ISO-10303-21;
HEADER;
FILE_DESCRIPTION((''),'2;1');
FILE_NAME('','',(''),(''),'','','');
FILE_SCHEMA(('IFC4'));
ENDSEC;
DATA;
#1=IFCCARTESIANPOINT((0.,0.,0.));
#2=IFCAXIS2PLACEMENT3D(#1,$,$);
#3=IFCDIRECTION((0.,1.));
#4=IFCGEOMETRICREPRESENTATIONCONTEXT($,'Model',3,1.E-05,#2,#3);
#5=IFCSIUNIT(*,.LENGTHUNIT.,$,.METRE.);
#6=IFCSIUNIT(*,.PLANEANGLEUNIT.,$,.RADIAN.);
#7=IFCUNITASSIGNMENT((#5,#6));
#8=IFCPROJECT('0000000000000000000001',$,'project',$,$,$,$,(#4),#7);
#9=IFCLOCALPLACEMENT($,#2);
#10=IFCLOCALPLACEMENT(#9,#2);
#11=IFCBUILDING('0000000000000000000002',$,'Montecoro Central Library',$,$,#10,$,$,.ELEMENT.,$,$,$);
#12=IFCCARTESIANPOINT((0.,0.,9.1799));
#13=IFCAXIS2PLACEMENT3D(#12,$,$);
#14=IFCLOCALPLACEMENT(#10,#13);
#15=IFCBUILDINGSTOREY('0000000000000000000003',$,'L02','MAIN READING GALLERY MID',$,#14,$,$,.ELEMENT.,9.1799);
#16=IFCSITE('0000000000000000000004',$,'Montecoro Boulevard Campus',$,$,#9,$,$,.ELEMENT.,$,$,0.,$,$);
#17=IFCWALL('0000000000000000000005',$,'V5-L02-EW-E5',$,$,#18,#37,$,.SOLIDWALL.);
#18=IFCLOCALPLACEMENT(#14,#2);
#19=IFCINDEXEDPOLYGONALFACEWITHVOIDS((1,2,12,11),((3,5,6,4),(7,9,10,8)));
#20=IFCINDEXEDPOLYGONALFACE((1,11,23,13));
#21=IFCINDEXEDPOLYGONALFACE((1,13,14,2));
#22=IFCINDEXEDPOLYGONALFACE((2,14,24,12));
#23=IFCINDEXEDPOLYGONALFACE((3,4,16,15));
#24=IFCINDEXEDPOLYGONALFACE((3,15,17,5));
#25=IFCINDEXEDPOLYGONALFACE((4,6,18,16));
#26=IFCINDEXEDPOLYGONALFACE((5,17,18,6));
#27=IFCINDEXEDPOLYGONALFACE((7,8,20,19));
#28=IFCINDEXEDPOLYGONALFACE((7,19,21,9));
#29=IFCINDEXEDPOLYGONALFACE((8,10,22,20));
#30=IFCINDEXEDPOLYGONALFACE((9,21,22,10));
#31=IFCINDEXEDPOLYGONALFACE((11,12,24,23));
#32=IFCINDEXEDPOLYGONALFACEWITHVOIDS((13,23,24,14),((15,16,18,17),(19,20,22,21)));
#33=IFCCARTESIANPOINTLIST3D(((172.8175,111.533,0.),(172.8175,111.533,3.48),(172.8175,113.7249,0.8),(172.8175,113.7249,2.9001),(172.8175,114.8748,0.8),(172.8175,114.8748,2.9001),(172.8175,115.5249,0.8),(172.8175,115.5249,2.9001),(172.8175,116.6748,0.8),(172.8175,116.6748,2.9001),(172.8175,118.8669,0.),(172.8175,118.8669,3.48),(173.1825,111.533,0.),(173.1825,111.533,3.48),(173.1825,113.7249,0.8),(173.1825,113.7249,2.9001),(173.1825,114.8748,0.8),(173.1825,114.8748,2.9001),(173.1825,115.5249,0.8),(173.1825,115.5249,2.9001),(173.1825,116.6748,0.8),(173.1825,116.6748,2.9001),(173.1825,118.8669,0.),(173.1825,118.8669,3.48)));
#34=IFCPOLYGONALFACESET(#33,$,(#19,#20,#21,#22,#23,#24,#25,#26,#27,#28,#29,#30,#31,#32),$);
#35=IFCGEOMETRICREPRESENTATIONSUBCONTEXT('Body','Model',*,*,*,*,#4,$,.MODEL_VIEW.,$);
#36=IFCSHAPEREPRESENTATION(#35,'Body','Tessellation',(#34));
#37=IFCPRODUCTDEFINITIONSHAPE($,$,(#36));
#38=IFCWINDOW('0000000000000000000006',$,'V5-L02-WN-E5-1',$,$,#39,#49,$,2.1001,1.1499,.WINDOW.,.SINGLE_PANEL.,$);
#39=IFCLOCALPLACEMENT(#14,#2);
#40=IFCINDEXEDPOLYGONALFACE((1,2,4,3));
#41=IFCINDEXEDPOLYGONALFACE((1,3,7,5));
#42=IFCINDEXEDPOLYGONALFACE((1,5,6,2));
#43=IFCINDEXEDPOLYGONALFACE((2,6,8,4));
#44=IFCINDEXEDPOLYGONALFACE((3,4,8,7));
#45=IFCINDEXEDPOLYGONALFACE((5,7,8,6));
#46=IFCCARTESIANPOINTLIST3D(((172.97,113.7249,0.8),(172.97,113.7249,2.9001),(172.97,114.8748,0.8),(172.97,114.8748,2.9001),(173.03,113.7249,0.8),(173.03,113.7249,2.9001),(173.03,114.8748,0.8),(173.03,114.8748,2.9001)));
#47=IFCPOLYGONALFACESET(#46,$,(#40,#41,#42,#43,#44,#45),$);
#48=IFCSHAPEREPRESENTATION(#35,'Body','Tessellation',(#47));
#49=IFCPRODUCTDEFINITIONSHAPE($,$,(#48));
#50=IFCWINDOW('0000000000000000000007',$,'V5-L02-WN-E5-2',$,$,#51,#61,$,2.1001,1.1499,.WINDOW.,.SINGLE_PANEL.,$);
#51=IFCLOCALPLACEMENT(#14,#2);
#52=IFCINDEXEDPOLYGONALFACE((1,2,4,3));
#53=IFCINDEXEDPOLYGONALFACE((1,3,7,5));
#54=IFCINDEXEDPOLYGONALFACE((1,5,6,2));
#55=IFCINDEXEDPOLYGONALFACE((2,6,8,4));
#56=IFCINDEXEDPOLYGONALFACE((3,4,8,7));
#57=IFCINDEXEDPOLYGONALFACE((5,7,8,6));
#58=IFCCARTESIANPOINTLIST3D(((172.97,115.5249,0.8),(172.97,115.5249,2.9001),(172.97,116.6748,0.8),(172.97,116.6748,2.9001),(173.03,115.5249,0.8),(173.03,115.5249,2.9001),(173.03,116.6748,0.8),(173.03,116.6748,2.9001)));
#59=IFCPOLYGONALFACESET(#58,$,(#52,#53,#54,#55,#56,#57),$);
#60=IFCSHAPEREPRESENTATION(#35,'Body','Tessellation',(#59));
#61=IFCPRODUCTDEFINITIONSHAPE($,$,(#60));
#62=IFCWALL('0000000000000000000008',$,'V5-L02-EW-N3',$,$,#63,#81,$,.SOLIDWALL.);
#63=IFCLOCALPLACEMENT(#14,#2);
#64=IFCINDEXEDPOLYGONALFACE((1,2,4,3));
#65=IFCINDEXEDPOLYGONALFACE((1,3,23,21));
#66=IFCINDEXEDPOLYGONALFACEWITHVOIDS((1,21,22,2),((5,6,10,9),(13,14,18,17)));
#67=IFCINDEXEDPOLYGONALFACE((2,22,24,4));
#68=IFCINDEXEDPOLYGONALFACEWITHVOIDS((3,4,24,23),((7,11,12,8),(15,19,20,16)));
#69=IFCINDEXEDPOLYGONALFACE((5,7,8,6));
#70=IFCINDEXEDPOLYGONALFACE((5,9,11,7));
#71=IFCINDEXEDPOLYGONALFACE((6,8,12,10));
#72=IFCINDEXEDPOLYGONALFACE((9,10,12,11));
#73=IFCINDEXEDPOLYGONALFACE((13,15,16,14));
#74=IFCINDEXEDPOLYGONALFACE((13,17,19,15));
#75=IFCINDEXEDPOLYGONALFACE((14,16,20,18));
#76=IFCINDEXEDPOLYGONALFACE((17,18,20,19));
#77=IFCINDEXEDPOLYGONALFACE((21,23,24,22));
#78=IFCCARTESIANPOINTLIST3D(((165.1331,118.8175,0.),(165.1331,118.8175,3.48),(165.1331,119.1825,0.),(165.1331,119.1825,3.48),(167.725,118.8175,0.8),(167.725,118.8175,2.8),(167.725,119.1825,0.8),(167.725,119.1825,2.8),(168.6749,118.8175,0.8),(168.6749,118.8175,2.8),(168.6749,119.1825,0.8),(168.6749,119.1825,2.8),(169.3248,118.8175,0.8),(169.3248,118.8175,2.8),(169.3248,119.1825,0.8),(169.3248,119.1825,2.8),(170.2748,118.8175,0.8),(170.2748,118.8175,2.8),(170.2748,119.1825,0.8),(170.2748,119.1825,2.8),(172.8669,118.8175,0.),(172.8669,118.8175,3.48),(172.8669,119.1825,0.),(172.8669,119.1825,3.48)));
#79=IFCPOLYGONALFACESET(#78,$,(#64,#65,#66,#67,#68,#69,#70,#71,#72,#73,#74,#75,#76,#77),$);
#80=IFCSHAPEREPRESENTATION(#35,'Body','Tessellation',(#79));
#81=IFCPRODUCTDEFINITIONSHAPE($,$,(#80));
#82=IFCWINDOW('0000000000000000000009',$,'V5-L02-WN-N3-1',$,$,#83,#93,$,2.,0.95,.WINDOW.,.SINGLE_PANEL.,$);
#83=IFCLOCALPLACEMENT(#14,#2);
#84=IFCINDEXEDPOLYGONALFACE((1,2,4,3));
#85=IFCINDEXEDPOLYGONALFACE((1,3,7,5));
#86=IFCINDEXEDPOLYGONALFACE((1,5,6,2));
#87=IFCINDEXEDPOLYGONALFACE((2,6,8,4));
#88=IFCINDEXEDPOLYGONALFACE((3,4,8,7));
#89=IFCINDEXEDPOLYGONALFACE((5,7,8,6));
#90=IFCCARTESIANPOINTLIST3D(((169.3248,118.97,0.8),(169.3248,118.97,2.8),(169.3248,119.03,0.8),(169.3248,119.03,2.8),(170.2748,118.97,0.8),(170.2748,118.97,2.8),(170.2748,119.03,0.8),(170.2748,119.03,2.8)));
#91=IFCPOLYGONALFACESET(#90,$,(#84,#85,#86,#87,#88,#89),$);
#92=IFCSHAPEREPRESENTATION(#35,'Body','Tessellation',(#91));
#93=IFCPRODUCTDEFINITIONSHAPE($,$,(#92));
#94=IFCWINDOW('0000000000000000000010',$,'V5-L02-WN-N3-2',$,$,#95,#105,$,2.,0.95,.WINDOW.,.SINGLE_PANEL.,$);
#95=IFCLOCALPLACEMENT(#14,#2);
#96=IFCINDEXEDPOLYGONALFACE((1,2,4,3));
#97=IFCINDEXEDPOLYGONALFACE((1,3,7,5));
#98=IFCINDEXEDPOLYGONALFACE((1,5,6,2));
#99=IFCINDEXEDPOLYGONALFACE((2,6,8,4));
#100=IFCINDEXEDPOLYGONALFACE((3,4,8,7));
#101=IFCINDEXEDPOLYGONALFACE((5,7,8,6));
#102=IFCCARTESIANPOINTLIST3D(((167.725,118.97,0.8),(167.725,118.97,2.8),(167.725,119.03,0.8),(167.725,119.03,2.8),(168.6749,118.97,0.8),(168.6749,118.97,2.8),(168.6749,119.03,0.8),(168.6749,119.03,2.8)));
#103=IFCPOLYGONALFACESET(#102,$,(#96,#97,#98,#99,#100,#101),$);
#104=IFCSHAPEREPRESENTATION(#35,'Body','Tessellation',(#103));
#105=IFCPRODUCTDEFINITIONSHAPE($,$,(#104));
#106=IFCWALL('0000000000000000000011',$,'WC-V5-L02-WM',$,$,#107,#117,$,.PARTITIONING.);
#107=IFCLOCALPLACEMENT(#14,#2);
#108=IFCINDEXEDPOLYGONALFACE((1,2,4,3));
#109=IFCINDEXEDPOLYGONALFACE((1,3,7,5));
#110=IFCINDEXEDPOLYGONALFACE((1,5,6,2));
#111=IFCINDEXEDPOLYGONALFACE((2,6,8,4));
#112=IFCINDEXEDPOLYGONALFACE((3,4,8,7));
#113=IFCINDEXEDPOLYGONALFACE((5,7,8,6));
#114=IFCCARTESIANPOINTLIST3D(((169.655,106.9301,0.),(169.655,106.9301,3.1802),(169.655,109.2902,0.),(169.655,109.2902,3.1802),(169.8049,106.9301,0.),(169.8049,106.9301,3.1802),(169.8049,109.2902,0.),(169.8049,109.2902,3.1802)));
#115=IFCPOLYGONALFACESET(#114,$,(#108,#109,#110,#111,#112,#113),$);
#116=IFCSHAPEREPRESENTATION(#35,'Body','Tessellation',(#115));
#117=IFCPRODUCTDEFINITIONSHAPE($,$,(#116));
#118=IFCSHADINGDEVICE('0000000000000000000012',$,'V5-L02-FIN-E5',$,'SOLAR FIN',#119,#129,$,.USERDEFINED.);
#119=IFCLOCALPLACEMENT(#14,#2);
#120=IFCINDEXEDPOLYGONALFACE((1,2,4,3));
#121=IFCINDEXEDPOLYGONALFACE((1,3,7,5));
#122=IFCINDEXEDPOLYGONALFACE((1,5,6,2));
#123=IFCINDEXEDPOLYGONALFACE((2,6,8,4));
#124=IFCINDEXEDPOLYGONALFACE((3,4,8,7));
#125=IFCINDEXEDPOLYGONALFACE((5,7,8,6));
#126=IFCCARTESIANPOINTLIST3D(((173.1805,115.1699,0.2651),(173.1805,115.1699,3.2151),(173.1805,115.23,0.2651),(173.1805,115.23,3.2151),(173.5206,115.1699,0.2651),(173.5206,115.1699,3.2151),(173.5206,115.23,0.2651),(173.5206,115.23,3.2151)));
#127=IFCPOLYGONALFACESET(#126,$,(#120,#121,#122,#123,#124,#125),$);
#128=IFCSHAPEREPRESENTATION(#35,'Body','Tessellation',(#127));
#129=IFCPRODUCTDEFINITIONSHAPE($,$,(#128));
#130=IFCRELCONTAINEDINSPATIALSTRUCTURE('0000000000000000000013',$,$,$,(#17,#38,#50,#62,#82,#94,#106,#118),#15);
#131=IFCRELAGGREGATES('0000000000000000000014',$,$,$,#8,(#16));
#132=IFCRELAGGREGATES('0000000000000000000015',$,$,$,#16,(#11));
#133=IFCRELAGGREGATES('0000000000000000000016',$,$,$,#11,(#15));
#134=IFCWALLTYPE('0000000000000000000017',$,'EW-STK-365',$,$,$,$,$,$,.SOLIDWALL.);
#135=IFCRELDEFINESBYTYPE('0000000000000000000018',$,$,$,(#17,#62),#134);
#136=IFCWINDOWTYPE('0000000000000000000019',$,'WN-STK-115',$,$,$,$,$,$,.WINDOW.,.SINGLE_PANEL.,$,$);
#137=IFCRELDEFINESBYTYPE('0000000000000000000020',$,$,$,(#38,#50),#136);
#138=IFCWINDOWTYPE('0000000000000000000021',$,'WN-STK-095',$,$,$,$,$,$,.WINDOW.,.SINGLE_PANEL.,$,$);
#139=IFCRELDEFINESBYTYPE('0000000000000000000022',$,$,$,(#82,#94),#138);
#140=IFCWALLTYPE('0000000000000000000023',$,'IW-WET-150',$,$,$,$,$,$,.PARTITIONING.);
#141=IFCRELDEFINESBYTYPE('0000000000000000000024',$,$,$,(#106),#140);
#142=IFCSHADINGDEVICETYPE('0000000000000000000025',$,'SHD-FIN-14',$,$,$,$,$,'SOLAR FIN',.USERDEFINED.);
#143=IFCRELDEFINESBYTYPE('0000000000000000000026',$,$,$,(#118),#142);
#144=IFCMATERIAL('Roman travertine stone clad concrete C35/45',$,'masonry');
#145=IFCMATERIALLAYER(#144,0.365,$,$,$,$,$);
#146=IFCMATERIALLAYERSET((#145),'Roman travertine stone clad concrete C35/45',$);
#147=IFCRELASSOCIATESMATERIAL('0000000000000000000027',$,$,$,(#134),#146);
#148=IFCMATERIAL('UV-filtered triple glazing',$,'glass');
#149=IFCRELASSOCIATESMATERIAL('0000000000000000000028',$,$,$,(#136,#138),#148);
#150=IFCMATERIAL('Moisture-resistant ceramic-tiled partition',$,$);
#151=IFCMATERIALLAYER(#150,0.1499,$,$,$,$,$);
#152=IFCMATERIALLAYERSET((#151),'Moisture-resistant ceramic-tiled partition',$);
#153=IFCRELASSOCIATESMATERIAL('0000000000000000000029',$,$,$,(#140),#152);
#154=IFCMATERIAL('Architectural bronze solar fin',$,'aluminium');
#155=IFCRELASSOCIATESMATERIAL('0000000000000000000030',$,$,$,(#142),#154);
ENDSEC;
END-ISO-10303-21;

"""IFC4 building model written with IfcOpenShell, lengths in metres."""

from ifc_helpers import new_model, si_unit, direction, frame, frame_2d, origin, origin_2d, place, context, subcontext, project, spatial, rectangle, extrude, material, layer, layer_set, type_object, element, fill, save


model = new_model("IFC4")

# Units and contexts
model_context = context("Model", 3, precision=1e-05, world=origin(), true_north=direction((0.0, 1.0)))
body_context = subcontext(model_context, "Body", "Model", "MODEL_VIEW")
ifc_project = project(units=[si_unit("LENGTHUNIT", "METRE"), si_unit("PLANEANGLEUNIT", "RADIAN")], contexts=[model_context])

# Site, building, storey
site_placement = place(None, origin())
site = spatial("IfcSite", under=ifc_project, at=site_placement, Name="Montecoro Boulevard Campus", CompositionType="ELEMENT", RefElevation=0.0)
building_placement = place(site_placement, origin())
building = spatial("IfcBuilding", under=site, at=building_placement, Name="Montecoro Central Library", CompositionType="ELEMENT")
storey_placement = place(building_placement, frame((0.0, 0.0, 9.1799)))
storey = spatial("IfcBuildingStorey", under=building, at=storey_placement, Name="L02", Description="MAIN READING GALLERY MID", CompositionType="ELEMENT", Elevation=9.1799)

# Walls, openings, windows
ifc_material_1 = material(Name="Roman travertine stone clad concrete C35/45", Category="masonry")
ifc_layer_1 = layer(ifc_material_1, 0.365)
ifc_layer_set_1 = layer_set([ifc_layer_1], Name="Roman travertine stone clad concrete C35/45")
wall_type_1 = type_object("IfcWallType", Name="EW-STK-365", PredefinedType="SOLIDWALL", material=ifc_layer_set_1)
wall_1_placement = place(storey_placement, frame((173.0, 111.533, 0.0), z_axis=(0.0, 0.0, 1.0), x_axis=(0.0, 1.0, 0.0)))
wall_1 = element("IfcWall", 1, at=wall_1_placement, inside=storey, type_object=wall_type_1, Name="V5-L02-EW-E5", PredefinedType="SOLIDWALL", context=body_context, shape_type="SweptSolid", body=[
    extrude(rectangle(XDim=7.334, YDim=0.365, at=frame_2d((3.667, 0.0))), origin(), (0.0, 0.0, 1.0), 3.48),
])
opening_1_placement = place(wall_1_placement, frame((2.1919, 0.0, 0.8)))
opening_1 = element("IfcOpeningElement", 2, at=opening_1_placement, cuts=wall_1, PredefinedType="OPENING", context=body_context, shape_type="SweptSolid", body=[
    extrude(rectangle(XDim=1.1499, YDim=2.1001, at=frame_2d((0.575, 1.05))), frame((0.0, 0.1924, 0.0), z_axis=(0.0, -1.0, 0.0), x_axis=(1.0, 0.0, 0.0)), (0.0, 0.0, 1.0), 0.385),
])
opening_2_placement = place(wall_1_placement, frame((3.9919, 0.0, 0.8)))
opening_2 = element("IfcOpeningElement", 3, at=opening_2_placement, cuts=wall_1, PredefinedType="OPENING", context=body_context, shape_type="SweptSolid", body=[
    extrude(rectangle(XDim=1.1499, YDim=2.1001, at=frame_2d((0.575, 1.05))), frame((0.0, 0.1924, 0.0), z_axis=(0.0, -1.0, 0.0), x_axis=(1.0, 0.0, 0.0)), (0.0, 0.0, 1.0), 0.385),
])
ifc_material_2 = material(Name="UV-filtered triple glazing", Category="glass")
window_type_1 = type_object("IfcWindowType", Name="WN-STK-115", PartitioningType="SINGLE_PANEL", PredefinedType="WINDOW", material=ifc_material_2)
window_1_placement = place(opening_1_placement, origin())
window_1 = element("IfcWindow", 4, at=window_1_placement, inside=storey, type_object=window_type_1, Name="V5-L02-WN-E5-1", OverallHeight=2.1001, OverallWidth=1.1499, PartitioningType="SINGLE_PANEL", PredefinedType="WINDOW", context=body_context, shape_type="SweptSolid", body=[
    extrude(rectangle(XDim=1.1499, YDim=2.1001, at=frame_2d((0.575, 1.05))), frame((0.0, 0.03, 0.0), z_axis=(0.0, -1.0, 0.0), x_axis=(1.0, 0.0, 0.0)), (0.0, 0.0, 1.0), 0.0601),
])
fill(opening_1, window_1)
window_2_placement = place(opening_2_placement, origin())
window_2 = element("IfcWindow", 5, at=window_2_placement, inside=storey, type_object=window_type_1, Name="V5-L02-WN-E5-2", OverallHeight=2.1001, OverallWidth=1.1499, PartitioningType="SINGLE_PANEL", PredefinedType="WINDOW", context=body_context, shape_type="SweptSolid", body=[
    extrude(rectangle(XDim=1.1499, YDim=2.1001, at=frame_2d((0.575, 1.05))), frame((0.0, 0.03, 0.0), z_axis=(0.0, -1.0, 0.0), x_axis=(1.0, 0.0, 0.0)), (0.0, 0.0, 1.0), 0.0601),
])
fill(opening_2, window_2)
wall_2_placement = place(storey_placement, frame((172.8669, 119.0, 0.0), z_axis=(0.0, 0.0, 1.0), x_axis=(-1.0, 0.0, 0.0)))
wall_2 = element("IfcWall", 6, at=wall_2_placement, inside=storey, type_object=wall_type_1, Name="V5-L02-EW-N3", PredefinedType="SOLIDWALL", context=body_context, shape_type="SweptSolid", body=[
    extrude(rectangle(XDim=7.7339, YDim=0.365, at=frame_2d((3.8669, 0.0))), origin(), (0.0, 0.0, 1.0), 3.48),
])
opening_3_placement = place(wall_2_placement, frame((2.592, 0.0, 0.8)))
opening_3 = element("IfcOpeningElement", 7, at=opening_3_placement, cuts=wall_2, PredefinedType="OPENING", context=body_context, shape_type="SweptSolid", body=[
    extrude(rectangle(XDim=0.95, YDim=2.0, at=frame_2d((0.4751, 1.0))), frame((0.0, 0.1924, 0.0), z_axis=(0.0, -1.0, 0.0), x_axis=(1.0, 0.0, 0.0)), (0.0, 0.0, 1.0), 0.385),
])
opening_4_placement = place(wall_2_placement, frame((4.1919, 0.0, 0.8)))
opening_4 = element("IfcOpeningElement", 8, at=opening_4_placement, cuts=wall_2, PredefinedType="OPENING", context=body_context, shape_type="SweptSolid", body=[
    extrude(rectangle(XDim=0.95, YDim=2.0, at=frame_2d((0.4751, 1.0))), frame((0.0, 0.1924, 0.0), z_axis=(0.0, -1.0, 0.0), x_axis=(1.0, 0.0, 0.0)), (0.0, 0.0, 1.0), 0.385),
])
window_type_2 = type_object("IfcWindowType", Name="WN-STK-095", PartitioningType="SINGLE_PANEL", PredefinedType="WINDOW", material=ifc_material_2)
window_3_placement = place(opening_3_placement, origin())
window_3 = element("IfcWindow", 9, at=window_3_placement, inside=storey, type_object=window_type_2, Name="V5-L02-WN-N3-1", OverallHeight=2.0, OverallWidth=0.95, PartitioningType="SINGLE_PANEL", PredefinedType="WINDOW", context=body_context, shape_type="SweptSolid", body=[
    extrude(rectangle(XDim=0.95, YDim=2.0, at=frame_2d((0.4751, 1.0))), frame((0.0, 0.03, 0.0), z_axis=(0.0, -1.0, 0.0), x_axis=(1.0, 0.0, 0.0)), (0.0, 0.0, 1.0), 0.0601),
])
fill(opening_3, window_3)
window_4_placement = place(opening_4_placement, origin())
window_4 = element("IfcWindow", 10, at=window_4_placement, inside=storey, type_object=window_type_2, Name="V5-L02-WN-N3-2", OverallHeight=2.0, OverallWidth=0.95, PartitioningType="SINGLE_PANEL", PredefinedType="WINDOW", context=body_context, shape_type="SweptSolid", body=[
    extrude(rectangle(XDim=0.95, YDim=2.0, at=frame_2d((0.4751, 1.0))), frame((0.0, 0.03, 0.0), z_axis=(0.0, -1.0, 0.0), x_axis=(1.0, 0.0, 0.0)), (0.0, 0.0, 1.0), 0.0601),
])
fill(opening_4, window_4)

# Wall
ifc_material_3 = material(Name="Moisture-resistant ceramic-tiled partition")
ifc_layer_2 = layer(ifc_material_3, 0.1499)
ifc_layer_set_2 = layer_set([ifc_layer_2], Name="Moisture-resistant ceramic-tiled partition")
wall_type_2 = type_object("IfcWallType", Name="IW-WET-150", PredefinedType="PARTITIONING", material=ifc_layer_set_2)
wall_3_placement = place(storey_placement, frame((169.73, 106.9299, 0.0), z_axis=(0.0, 0.0, 1.0), x_axis=(0.0, 1.0, 0.0)))
element("IfcWall", 11, at=wall_3_placement, inside=storey, type_object=wall_type_2, Name="WC-V5-L02-WM", PredefinedType="PARTITIONING", context=body_context, shape_type="SweptSolid", body=[
    extrude(rectangle(XDim=2.3601, YDim=0.1499, at=frame_2d((1.1802, 0.0))), origin(), (0.0, 0.0, 1.0), 3.1802),
])

# Shading device
ifc_material_4 = material(Name="Architectural bronze solar fin", Category="aluminium")
shading_device_type = type_object("IfcShadingDeviceType", Name="SHD-FIN-14", ElementType="SOLAR FIN", PredefinedType="USERDEFINED", material=ifc_material_4)
shading_device_placement = place(storey_placement, frame((173.3506, 115.2, 0.2651), z_axis=(0.0, 0.0, 1.0), x_axis=(0.0, 1.0, 0.0)))
element("IfcShadingDevice", 12, at=shading_device_placement, inside=storey, type_object=shading_device_type, Name="V5-L02-FIN-E5", ObjectType="SOLAR FIN", PredefinedType="USERDEFINED", context=body_context, shape_type="SweptSolid", body=[
    extrude(rectangle(XDim=0.0601, YDim=0.3401, at=origin_2d()), origin(), (0.0, 0.0, 1.0), 2.95),
])

save(model, "model.ifc")
